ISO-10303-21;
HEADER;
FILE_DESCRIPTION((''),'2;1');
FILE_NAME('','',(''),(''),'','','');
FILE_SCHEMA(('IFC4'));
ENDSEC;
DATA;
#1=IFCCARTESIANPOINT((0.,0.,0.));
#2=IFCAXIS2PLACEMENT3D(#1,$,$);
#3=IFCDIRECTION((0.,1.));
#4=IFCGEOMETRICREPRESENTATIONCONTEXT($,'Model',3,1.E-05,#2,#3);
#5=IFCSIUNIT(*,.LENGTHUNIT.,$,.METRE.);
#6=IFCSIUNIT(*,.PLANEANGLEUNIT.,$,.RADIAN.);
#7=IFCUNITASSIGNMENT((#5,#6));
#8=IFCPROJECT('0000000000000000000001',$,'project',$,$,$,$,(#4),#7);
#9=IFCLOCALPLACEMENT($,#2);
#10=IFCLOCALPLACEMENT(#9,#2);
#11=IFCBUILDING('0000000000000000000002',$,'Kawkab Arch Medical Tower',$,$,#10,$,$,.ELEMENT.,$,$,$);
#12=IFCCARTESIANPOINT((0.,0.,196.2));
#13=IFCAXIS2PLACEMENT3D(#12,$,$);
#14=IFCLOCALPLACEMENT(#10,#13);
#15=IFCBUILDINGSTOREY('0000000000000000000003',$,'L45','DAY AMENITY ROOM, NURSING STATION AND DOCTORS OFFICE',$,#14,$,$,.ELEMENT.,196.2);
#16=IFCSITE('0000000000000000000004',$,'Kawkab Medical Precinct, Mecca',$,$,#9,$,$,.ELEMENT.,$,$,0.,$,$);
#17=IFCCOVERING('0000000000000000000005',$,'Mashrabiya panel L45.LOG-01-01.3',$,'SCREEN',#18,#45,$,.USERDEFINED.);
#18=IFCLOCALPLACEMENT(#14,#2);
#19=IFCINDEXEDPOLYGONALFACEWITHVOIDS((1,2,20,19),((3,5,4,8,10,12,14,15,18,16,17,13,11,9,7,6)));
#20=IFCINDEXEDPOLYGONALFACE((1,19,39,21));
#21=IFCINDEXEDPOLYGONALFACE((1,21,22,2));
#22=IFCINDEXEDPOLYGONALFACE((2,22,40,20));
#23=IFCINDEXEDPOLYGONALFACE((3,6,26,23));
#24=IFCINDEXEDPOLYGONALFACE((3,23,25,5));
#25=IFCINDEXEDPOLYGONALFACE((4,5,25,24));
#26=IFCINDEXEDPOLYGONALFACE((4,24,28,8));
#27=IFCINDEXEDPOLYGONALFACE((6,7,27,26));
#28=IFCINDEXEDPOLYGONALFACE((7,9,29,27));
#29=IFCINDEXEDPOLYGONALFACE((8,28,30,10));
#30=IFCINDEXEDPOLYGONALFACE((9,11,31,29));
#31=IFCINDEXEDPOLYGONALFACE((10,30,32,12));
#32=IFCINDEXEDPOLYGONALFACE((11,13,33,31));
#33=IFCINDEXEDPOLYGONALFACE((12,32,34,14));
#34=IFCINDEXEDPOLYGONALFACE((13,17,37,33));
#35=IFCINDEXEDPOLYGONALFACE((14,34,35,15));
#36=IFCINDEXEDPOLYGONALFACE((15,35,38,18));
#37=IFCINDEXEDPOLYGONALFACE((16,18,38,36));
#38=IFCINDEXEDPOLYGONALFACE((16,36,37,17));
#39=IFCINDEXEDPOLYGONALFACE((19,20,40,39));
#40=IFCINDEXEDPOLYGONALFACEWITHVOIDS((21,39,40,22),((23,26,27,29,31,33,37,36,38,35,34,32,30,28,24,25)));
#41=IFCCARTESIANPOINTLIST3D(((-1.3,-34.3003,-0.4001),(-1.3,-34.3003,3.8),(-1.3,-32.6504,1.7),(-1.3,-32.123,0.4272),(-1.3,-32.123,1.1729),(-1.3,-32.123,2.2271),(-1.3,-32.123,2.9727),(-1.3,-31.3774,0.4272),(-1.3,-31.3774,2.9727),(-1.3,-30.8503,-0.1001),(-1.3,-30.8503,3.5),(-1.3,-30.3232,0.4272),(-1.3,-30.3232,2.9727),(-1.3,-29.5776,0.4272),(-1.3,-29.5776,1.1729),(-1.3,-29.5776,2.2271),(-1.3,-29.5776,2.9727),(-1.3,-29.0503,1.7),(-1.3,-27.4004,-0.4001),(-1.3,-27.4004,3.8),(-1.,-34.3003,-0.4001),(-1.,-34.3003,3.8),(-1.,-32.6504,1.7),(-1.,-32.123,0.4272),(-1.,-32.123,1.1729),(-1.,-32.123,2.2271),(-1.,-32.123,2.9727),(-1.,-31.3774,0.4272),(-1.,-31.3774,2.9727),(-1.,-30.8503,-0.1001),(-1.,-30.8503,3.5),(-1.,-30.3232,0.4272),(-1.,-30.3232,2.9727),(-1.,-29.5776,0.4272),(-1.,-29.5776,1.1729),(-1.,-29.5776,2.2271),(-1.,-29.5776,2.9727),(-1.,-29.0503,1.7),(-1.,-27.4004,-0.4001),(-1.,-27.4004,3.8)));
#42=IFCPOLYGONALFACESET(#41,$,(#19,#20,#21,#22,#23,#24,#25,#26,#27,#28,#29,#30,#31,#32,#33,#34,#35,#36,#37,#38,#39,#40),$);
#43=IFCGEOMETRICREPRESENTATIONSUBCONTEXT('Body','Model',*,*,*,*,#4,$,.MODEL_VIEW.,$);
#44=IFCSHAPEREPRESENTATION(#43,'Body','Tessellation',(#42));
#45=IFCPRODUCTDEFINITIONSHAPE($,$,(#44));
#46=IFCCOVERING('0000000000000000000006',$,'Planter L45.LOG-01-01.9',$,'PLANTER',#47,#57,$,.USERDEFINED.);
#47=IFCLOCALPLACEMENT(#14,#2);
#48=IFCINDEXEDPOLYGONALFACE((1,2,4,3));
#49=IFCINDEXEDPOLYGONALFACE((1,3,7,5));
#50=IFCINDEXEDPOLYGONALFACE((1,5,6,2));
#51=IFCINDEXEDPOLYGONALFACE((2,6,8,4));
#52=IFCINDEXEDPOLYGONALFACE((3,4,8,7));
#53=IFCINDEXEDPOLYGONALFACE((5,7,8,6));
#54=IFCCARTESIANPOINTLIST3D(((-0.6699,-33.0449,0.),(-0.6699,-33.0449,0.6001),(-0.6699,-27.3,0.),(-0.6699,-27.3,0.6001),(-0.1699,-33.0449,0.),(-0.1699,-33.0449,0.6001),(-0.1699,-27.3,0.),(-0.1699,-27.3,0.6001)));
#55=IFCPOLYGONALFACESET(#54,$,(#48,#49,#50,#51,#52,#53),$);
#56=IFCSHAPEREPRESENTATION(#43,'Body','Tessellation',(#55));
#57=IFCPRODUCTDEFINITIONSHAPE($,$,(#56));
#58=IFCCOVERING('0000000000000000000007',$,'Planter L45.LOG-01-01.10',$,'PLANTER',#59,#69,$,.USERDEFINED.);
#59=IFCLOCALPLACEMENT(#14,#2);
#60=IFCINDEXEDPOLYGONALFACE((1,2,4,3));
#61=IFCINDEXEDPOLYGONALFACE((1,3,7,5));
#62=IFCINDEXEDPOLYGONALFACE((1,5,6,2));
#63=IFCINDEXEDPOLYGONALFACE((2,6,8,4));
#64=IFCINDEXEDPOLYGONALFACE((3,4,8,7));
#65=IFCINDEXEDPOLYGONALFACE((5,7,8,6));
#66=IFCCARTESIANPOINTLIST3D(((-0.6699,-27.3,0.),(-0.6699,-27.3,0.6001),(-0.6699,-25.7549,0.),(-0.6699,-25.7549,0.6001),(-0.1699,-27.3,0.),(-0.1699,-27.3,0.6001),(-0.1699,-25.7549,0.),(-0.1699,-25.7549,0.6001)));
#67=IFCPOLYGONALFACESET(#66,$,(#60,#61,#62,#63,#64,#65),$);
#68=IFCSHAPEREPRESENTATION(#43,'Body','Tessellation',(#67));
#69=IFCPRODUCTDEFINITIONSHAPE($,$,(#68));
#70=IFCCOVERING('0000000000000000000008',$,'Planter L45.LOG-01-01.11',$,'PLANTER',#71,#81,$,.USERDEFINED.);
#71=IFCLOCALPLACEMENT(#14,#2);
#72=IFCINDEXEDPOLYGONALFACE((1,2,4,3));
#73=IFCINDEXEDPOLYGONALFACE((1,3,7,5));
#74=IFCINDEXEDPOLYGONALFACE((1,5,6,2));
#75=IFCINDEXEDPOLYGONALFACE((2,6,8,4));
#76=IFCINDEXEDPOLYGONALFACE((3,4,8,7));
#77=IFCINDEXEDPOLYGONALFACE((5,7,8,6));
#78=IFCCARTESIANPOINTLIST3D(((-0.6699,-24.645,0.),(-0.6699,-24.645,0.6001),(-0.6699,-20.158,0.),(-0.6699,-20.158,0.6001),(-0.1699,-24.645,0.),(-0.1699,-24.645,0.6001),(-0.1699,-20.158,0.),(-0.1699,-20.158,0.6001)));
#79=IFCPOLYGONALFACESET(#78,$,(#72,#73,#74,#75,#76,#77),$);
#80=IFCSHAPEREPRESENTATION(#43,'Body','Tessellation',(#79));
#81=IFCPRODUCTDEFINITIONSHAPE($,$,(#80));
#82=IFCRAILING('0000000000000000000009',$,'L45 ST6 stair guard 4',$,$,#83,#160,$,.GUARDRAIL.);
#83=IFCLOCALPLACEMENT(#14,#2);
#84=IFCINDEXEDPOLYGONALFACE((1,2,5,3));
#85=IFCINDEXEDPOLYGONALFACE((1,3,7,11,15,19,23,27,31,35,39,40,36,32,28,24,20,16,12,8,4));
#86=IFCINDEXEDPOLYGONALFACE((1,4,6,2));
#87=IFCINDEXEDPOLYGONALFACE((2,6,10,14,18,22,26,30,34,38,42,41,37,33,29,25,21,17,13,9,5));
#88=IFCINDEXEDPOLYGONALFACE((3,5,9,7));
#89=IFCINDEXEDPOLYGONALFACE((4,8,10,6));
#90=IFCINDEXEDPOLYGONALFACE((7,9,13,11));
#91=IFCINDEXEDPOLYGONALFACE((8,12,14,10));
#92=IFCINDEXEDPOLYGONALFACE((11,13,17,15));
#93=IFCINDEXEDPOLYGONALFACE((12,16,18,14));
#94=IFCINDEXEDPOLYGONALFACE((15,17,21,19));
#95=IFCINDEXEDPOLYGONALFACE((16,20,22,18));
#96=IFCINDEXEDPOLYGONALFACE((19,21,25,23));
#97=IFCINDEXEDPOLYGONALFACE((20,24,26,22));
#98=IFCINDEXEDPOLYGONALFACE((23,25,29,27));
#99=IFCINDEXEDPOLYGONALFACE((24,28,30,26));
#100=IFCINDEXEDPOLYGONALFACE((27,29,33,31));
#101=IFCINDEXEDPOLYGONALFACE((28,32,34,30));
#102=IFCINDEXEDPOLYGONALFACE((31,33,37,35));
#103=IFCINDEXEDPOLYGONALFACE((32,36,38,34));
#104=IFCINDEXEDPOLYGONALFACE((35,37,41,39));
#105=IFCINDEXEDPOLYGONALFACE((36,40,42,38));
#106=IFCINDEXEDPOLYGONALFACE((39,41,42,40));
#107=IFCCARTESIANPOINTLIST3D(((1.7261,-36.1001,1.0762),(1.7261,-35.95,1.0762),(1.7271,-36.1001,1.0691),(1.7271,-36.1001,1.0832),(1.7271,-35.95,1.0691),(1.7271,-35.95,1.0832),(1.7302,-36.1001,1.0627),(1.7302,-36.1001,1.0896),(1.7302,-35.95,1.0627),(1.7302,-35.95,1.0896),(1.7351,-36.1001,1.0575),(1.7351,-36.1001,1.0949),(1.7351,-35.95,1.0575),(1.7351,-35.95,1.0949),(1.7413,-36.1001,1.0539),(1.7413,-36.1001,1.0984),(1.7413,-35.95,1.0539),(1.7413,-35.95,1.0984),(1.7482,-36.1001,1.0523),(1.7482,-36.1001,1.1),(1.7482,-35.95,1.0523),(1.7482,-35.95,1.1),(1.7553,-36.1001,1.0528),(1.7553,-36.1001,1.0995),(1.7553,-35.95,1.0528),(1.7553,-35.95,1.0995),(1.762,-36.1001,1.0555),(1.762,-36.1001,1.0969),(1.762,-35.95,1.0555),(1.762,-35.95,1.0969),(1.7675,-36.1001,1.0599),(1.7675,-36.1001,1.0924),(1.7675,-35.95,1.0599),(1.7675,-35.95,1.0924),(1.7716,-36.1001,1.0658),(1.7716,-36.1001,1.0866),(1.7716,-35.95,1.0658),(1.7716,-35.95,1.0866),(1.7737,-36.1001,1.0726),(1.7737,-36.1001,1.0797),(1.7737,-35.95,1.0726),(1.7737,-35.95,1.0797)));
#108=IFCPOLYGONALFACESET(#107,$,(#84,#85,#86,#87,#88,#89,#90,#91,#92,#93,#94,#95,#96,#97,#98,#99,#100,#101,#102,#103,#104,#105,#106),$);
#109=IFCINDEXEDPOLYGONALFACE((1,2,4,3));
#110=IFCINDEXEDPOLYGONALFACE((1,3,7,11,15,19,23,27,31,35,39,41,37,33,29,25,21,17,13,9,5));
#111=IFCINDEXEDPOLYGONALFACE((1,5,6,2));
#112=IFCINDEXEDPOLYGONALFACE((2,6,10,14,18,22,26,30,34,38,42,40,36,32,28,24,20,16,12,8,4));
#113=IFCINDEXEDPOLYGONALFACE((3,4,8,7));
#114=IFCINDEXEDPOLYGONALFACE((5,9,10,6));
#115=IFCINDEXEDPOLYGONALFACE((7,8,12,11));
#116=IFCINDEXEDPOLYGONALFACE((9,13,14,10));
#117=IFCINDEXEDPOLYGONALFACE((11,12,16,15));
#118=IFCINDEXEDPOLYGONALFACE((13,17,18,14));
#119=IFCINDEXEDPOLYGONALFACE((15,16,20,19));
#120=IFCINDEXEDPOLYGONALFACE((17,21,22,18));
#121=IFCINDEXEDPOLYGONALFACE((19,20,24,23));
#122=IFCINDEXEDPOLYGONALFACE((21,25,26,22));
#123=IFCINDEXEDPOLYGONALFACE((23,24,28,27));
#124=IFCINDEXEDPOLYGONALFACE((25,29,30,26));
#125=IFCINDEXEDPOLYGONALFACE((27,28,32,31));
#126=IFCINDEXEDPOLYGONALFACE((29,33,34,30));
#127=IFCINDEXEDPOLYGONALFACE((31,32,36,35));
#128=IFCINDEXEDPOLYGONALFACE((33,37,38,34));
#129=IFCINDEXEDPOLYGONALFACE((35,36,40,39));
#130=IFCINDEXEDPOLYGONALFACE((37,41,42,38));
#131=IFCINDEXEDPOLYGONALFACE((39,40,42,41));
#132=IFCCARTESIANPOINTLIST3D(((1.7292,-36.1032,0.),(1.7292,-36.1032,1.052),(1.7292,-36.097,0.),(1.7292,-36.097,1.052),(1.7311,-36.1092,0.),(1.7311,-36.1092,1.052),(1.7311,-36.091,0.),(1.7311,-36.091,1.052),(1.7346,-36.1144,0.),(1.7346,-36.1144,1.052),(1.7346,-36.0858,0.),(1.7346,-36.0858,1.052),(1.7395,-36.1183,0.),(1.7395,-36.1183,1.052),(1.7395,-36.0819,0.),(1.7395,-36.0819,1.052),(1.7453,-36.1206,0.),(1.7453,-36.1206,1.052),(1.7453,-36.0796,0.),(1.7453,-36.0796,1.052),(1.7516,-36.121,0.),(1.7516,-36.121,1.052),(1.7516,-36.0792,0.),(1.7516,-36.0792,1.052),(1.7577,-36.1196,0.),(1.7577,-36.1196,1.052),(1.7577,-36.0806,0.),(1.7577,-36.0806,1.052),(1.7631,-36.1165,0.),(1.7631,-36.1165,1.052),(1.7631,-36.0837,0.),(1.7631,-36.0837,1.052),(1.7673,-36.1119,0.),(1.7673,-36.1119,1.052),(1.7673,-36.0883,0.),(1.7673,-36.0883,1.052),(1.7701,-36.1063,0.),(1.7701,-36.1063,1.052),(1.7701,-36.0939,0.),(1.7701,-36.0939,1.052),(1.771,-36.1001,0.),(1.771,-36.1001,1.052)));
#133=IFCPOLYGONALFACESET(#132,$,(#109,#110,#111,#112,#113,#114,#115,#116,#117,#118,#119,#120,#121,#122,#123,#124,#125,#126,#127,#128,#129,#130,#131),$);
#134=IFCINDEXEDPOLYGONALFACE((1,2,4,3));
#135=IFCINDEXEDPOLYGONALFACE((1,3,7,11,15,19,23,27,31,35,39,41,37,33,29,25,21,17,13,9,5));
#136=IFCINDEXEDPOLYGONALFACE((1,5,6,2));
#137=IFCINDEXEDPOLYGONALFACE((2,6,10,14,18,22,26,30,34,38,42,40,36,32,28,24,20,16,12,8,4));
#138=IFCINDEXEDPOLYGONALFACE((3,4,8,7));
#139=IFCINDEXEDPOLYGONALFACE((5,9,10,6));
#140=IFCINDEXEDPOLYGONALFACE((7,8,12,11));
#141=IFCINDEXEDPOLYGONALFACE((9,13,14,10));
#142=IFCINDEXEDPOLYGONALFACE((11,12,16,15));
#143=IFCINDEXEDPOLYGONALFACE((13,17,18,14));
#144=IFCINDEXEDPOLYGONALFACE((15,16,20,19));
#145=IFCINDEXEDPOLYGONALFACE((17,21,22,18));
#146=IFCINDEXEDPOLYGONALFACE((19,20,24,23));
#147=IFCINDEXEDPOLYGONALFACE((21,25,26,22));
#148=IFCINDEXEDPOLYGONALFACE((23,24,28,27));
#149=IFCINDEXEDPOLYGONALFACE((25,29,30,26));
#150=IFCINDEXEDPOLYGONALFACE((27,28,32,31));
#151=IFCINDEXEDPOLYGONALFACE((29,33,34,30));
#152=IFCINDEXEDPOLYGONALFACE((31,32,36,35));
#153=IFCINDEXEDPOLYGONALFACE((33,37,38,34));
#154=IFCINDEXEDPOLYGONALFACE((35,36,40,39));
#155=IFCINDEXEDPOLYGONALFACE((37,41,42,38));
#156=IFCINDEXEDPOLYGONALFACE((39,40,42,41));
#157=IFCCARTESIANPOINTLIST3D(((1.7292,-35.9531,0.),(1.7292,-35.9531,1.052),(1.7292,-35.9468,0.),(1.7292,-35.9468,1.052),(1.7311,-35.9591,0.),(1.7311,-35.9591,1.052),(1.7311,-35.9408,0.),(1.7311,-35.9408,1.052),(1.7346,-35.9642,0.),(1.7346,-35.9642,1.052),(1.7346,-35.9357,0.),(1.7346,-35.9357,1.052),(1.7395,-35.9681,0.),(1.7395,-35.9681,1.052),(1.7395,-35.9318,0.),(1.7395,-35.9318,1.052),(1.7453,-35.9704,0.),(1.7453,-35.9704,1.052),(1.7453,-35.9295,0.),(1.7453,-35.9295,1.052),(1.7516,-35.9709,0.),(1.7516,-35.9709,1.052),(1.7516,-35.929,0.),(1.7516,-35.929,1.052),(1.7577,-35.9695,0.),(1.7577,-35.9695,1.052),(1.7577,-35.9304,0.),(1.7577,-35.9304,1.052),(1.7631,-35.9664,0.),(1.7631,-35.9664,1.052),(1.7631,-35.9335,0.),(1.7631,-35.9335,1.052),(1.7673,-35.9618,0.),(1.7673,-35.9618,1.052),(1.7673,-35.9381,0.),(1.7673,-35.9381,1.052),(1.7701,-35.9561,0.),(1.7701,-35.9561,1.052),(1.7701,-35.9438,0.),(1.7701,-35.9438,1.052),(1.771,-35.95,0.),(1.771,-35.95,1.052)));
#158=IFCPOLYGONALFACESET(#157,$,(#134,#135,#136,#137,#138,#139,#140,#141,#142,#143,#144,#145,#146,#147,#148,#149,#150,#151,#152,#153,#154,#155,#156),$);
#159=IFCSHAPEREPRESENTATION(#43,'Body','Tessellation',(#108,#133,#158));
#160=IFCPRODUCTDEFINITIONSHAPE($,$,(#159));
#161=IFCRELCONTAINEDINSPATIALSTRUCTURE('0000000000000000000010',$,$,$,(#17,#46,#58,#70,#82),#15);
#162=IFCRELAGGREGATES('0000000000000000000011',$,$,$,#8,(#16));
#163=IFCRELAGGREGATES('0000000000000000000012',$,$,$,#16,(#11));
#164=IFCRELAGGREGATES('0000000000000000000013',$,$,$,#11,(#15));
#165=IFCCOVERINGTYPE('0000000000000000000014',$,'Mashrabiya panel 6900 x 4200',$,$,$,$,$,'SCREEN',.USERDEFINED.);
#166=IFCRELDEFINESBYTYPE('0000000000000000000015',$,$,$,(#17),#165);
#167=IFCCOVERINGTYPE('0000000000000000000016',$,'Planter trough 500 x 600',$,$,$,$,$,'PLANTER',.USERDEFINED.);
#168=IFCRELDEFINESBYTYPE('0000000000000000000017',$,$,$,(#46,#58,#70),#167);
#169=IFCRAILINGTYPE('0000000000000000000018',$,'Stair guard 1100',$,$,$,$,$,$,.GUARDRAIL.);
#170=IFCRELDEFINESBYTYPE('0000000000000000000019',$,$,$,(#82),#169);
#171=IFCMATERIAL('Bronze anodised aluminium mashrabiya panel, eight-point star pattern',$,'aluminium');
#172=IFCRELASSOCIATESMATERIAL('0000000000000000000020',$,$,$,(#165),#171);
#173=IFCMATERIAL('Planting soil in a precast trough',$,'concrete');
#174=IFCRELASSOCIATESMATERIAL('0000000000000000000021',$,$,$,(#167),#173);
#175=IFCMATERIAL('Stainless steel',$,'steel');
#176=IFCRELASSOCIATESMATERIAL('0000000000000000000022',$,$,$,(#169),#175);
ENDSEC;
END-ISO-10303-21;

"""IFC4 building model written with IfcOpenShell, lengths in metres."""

from ifc_helpers import new_model, si_unit, direction, frame, origin, origin_2d, place, context, subcontext, project, spatial, polyline, rectangle, circle, outline, extrude, material, material_profile, profile_set, type_object, element, save


model = new_model("IFC4")

# Units and contexts
model_context = context("Model", 3, precision=1e-05, world=origin(), true_north=direction((0.0, 1.0)))
body_context = subcontext(model_context, "Body", "Model", "MODEL_VIEW")
ifc_project = project(units=[si_unit("LENGTHUNIT", "METRE"), si_unit("PLANEANGLEUNIT", "RADIAN")], contexts=[model_context])

# Site, building, storey
site_placement = place(None, origin())
site = spatial("IfcSite", under=ifc_project, at=site_placement, Name="Kawkab Medical Precinct, Mecca", CompositionType="ELEMENT", RefElevation=0.0)
building_placement = place(site_placement, origin())
building = spatial("IfcBuilding", under=site, at=building_placement, Name="Kawkab Arch Medical Tower", CompositionType="ELEMENT")
storey_placement = place(building_placement, frame((0.0, 0.0, 196.2)))
storey = spatial("IfcBuildingStorey", under=building, at=storey_placement, Name="L45", Description="DAY AMENITY ROOM, NURSING STATION AND DOCTORS OFFICE", CompositionType="ELEMENT", Elevation=196.2)

# Coverings
ifc_material_1 = material(Name="Bronze anodised aluminium mashrabiya panel, eight-point star pattern", Category="aluminium")
ifc_material_profile_1 = material_profile(ifc_material_1, outline(polyline([(-3.45, -2.1001), (3.45, -2.1001), (3.45, 2.1001), (-3.45, 2.1001), (-3.45, -2.1001)]), holes=[polyline([(1.8, 0.0), (1.2727, 0.5271), (1.2727, 1.2727), (0.5271, 1.2727), (0.0, 1.8), (-0.5271, 1.2727), (-1.2727, 1.2727), (-1.2727, 0.5271), (-1.8, 0.0), (-1.2727, -0.5271), (-1.2727, -1.2727), (-0.5271, -1.2727), (0.0, -1.8), (0.5271, -1.2727), (1.2727, -1.2727), (1.2727, -0.5271), (1.8, 0.0)])]), Name="Mashrabiya panel 6900x4200")
ifc_profile_set_1 = profile_set([ifc_material_profile_1], Name="Bronze anodised aluminium mashrabiya panel, eight-point star pattern")
covering_type_1 = type_object("IfcCoveringType", Name="Mashrabiya panel 6900 x 4200", ElementType="SCREEN", PredefinedType="USERDEFINED", material=ifc_profile_set_1)
covering_1_placement = place(storey_placement, frame((-1.0, -30.8503, 1.7), z_axis=(-1.0, 0.0, 0.0), x_axis=(0.0, -1.0, 0.0)))
element("IfcCovering", 1, at=covering_1_placement, inside=storey, type_object=covering_type_1, Name="Mashrabiya panel L45.LOG-01-01.3", ObjectType="SCREEN", PredefinedType="USERDEFINED", context=body_context, shape_type="SweptSolid", body=[
    extrude(outline(polyline([(-3.45, -2.1001), (3.45, -2.1001), (3.45, 2.1001), (-3.45, 2.1001), (-3.45, -2.1001)]), holes=[polyline([(1.8, 0.0), (1.2727, 0.5271), (1.2727, 1.2727), (0.5271, 1.2727), (0.0, 1.8), (-0.5271, 1.2727), (-1.2727, 1.2727), (-1.2727, 0.5271), (-1.8, 0.0), (-1.2727, -0.5271), (-1.2727, -1.2727), (-0.5271, -1.2727), (0.0, -1.8), (0.5271, -1.2727), (1.2727, -1.2727), (1.2727, -0.5271), (1.8, 0.0)])]), origin(), (0.0, 0.0, 1.0), 0.3),
])
ifc_material_2 = material(Name="Planting soil in a precast trough", Category="concrete")
ifc_material_profile_2 = material_profile(ifc_material_2, rectangle(XDim=0.5, YDim=0.6001, at=origin_2d()), Name="Trough 500x600")
ifc_profile_set_2 = profile_set([ifc_material_profile_2], Name="Planting soil in a precast trough")
covering_type_2 = type_object("IfcCoveringType", Name="Planter trough 500 x 600", ElementType="PLANTER", PredefinedType="USERDEFINED", material=ifc_profile_set_2)
covering_2_placement = place(storey_placement, frame((-0.4199, -33.0449, 0.3), z_axis=(0.0, 1.0, 0.0), x_axis=(-1.0, 0.0, 0.0)))
element("IfcCovering", 2, at=covering_2_placement, inside=storey, type_object=covering_type_2, Name="Planter L45.LOG-01-01.9", ObjectType="PLANTER", PredefinedType="USERDEFINED", context=body_context, shape_type="SweptSolid", body=[
    extrude(rectangle(XDim=0.5, YDim=0.6001, at=origin_2d()), origin(), (0.0, 0.0, 1.0), 5.7449),
])
covering_3_placement = place(storey_placement, frame((-0.4199, -27.3, 0.3), z_axis=(0.0, 1.0, 0.0), x_axis=(-1.0, 0.0, 0.0)))
element("IfcCovering", 3, at=covering_3_placement, inside=storey, type_object=covering_type_2, Name="Planter L45.LOG-01-01.10", ObjectType="PLANTER", PredefinedType="USERDEFINED", context=body_context, shape_type="SweptSolid", body=[
    extrude(rectangle(XDim=0.5, YDim=0.6001, at=origin_2d()), origin(), (0.0, 0.0, 1.0), 1.5452),
])
covering_4_placement = place(storey_placement, frame((-0.4199, -24.645, 0.3), z_axis=(0.0, 1.0, 0.0), x_axis=(-1.0, 0.0, 0.0)))
element("IfcCovering", 4, at=covering_4_placement, inside=storey, type_object=covering_type_2, Name="Planter L45.LOG-01-01.11", ObjectType="PLANTER", PredefinedType="USERDEFINED", context=body_context, shape_type="SweptSolid", body=[
    extrude(rectangle(XDim=0.5, YDim=0.6001, at=origin_2d()), origin(), (0.0, 0.0, 1.0), 4.4871),
])

# Railing
ifc_material_3 = material(Name="Stainless steel", Category="steel")
railing_type_1 = type_object("IfcRailingType", Name="Stair guard 1100", PredefinedType="GUARDRAIL", material=ifc_material_3)
railing_1_placement = place(storey_placement, frame((1.75, -36.1001, 0.0)))
element("IfcRailing", 5, at=railing_1_placement, inside=storey, type_object=railing_type_1, Name="L45 ST6 stair guard 4", PredefinedType="GUARDRAIL", context=body_context, shape_type="SweptSolid", body=[
    extrude(circle(Radius=0.0239, at=origin_2d()), frame((0.0, 0.0, 1.0762), z_axis=(0.0, 1.0, 0.0), x_axis=(-1.0, 0.0, 0.0)), (0.0, 0.0, 1.0), 0.1501),
    extrude(circle(Radius=0.021, at=origin_2d()), origin(), (0.0, 0.0, 1.0), 1.052),
    extrude(circle(Radius=0.021, at=origin_2d()), frame((0.0, 0.1501, 0.0)), (0.0, 0.0, 1.0), 1.052),
])

save(model, "model.ifc")
